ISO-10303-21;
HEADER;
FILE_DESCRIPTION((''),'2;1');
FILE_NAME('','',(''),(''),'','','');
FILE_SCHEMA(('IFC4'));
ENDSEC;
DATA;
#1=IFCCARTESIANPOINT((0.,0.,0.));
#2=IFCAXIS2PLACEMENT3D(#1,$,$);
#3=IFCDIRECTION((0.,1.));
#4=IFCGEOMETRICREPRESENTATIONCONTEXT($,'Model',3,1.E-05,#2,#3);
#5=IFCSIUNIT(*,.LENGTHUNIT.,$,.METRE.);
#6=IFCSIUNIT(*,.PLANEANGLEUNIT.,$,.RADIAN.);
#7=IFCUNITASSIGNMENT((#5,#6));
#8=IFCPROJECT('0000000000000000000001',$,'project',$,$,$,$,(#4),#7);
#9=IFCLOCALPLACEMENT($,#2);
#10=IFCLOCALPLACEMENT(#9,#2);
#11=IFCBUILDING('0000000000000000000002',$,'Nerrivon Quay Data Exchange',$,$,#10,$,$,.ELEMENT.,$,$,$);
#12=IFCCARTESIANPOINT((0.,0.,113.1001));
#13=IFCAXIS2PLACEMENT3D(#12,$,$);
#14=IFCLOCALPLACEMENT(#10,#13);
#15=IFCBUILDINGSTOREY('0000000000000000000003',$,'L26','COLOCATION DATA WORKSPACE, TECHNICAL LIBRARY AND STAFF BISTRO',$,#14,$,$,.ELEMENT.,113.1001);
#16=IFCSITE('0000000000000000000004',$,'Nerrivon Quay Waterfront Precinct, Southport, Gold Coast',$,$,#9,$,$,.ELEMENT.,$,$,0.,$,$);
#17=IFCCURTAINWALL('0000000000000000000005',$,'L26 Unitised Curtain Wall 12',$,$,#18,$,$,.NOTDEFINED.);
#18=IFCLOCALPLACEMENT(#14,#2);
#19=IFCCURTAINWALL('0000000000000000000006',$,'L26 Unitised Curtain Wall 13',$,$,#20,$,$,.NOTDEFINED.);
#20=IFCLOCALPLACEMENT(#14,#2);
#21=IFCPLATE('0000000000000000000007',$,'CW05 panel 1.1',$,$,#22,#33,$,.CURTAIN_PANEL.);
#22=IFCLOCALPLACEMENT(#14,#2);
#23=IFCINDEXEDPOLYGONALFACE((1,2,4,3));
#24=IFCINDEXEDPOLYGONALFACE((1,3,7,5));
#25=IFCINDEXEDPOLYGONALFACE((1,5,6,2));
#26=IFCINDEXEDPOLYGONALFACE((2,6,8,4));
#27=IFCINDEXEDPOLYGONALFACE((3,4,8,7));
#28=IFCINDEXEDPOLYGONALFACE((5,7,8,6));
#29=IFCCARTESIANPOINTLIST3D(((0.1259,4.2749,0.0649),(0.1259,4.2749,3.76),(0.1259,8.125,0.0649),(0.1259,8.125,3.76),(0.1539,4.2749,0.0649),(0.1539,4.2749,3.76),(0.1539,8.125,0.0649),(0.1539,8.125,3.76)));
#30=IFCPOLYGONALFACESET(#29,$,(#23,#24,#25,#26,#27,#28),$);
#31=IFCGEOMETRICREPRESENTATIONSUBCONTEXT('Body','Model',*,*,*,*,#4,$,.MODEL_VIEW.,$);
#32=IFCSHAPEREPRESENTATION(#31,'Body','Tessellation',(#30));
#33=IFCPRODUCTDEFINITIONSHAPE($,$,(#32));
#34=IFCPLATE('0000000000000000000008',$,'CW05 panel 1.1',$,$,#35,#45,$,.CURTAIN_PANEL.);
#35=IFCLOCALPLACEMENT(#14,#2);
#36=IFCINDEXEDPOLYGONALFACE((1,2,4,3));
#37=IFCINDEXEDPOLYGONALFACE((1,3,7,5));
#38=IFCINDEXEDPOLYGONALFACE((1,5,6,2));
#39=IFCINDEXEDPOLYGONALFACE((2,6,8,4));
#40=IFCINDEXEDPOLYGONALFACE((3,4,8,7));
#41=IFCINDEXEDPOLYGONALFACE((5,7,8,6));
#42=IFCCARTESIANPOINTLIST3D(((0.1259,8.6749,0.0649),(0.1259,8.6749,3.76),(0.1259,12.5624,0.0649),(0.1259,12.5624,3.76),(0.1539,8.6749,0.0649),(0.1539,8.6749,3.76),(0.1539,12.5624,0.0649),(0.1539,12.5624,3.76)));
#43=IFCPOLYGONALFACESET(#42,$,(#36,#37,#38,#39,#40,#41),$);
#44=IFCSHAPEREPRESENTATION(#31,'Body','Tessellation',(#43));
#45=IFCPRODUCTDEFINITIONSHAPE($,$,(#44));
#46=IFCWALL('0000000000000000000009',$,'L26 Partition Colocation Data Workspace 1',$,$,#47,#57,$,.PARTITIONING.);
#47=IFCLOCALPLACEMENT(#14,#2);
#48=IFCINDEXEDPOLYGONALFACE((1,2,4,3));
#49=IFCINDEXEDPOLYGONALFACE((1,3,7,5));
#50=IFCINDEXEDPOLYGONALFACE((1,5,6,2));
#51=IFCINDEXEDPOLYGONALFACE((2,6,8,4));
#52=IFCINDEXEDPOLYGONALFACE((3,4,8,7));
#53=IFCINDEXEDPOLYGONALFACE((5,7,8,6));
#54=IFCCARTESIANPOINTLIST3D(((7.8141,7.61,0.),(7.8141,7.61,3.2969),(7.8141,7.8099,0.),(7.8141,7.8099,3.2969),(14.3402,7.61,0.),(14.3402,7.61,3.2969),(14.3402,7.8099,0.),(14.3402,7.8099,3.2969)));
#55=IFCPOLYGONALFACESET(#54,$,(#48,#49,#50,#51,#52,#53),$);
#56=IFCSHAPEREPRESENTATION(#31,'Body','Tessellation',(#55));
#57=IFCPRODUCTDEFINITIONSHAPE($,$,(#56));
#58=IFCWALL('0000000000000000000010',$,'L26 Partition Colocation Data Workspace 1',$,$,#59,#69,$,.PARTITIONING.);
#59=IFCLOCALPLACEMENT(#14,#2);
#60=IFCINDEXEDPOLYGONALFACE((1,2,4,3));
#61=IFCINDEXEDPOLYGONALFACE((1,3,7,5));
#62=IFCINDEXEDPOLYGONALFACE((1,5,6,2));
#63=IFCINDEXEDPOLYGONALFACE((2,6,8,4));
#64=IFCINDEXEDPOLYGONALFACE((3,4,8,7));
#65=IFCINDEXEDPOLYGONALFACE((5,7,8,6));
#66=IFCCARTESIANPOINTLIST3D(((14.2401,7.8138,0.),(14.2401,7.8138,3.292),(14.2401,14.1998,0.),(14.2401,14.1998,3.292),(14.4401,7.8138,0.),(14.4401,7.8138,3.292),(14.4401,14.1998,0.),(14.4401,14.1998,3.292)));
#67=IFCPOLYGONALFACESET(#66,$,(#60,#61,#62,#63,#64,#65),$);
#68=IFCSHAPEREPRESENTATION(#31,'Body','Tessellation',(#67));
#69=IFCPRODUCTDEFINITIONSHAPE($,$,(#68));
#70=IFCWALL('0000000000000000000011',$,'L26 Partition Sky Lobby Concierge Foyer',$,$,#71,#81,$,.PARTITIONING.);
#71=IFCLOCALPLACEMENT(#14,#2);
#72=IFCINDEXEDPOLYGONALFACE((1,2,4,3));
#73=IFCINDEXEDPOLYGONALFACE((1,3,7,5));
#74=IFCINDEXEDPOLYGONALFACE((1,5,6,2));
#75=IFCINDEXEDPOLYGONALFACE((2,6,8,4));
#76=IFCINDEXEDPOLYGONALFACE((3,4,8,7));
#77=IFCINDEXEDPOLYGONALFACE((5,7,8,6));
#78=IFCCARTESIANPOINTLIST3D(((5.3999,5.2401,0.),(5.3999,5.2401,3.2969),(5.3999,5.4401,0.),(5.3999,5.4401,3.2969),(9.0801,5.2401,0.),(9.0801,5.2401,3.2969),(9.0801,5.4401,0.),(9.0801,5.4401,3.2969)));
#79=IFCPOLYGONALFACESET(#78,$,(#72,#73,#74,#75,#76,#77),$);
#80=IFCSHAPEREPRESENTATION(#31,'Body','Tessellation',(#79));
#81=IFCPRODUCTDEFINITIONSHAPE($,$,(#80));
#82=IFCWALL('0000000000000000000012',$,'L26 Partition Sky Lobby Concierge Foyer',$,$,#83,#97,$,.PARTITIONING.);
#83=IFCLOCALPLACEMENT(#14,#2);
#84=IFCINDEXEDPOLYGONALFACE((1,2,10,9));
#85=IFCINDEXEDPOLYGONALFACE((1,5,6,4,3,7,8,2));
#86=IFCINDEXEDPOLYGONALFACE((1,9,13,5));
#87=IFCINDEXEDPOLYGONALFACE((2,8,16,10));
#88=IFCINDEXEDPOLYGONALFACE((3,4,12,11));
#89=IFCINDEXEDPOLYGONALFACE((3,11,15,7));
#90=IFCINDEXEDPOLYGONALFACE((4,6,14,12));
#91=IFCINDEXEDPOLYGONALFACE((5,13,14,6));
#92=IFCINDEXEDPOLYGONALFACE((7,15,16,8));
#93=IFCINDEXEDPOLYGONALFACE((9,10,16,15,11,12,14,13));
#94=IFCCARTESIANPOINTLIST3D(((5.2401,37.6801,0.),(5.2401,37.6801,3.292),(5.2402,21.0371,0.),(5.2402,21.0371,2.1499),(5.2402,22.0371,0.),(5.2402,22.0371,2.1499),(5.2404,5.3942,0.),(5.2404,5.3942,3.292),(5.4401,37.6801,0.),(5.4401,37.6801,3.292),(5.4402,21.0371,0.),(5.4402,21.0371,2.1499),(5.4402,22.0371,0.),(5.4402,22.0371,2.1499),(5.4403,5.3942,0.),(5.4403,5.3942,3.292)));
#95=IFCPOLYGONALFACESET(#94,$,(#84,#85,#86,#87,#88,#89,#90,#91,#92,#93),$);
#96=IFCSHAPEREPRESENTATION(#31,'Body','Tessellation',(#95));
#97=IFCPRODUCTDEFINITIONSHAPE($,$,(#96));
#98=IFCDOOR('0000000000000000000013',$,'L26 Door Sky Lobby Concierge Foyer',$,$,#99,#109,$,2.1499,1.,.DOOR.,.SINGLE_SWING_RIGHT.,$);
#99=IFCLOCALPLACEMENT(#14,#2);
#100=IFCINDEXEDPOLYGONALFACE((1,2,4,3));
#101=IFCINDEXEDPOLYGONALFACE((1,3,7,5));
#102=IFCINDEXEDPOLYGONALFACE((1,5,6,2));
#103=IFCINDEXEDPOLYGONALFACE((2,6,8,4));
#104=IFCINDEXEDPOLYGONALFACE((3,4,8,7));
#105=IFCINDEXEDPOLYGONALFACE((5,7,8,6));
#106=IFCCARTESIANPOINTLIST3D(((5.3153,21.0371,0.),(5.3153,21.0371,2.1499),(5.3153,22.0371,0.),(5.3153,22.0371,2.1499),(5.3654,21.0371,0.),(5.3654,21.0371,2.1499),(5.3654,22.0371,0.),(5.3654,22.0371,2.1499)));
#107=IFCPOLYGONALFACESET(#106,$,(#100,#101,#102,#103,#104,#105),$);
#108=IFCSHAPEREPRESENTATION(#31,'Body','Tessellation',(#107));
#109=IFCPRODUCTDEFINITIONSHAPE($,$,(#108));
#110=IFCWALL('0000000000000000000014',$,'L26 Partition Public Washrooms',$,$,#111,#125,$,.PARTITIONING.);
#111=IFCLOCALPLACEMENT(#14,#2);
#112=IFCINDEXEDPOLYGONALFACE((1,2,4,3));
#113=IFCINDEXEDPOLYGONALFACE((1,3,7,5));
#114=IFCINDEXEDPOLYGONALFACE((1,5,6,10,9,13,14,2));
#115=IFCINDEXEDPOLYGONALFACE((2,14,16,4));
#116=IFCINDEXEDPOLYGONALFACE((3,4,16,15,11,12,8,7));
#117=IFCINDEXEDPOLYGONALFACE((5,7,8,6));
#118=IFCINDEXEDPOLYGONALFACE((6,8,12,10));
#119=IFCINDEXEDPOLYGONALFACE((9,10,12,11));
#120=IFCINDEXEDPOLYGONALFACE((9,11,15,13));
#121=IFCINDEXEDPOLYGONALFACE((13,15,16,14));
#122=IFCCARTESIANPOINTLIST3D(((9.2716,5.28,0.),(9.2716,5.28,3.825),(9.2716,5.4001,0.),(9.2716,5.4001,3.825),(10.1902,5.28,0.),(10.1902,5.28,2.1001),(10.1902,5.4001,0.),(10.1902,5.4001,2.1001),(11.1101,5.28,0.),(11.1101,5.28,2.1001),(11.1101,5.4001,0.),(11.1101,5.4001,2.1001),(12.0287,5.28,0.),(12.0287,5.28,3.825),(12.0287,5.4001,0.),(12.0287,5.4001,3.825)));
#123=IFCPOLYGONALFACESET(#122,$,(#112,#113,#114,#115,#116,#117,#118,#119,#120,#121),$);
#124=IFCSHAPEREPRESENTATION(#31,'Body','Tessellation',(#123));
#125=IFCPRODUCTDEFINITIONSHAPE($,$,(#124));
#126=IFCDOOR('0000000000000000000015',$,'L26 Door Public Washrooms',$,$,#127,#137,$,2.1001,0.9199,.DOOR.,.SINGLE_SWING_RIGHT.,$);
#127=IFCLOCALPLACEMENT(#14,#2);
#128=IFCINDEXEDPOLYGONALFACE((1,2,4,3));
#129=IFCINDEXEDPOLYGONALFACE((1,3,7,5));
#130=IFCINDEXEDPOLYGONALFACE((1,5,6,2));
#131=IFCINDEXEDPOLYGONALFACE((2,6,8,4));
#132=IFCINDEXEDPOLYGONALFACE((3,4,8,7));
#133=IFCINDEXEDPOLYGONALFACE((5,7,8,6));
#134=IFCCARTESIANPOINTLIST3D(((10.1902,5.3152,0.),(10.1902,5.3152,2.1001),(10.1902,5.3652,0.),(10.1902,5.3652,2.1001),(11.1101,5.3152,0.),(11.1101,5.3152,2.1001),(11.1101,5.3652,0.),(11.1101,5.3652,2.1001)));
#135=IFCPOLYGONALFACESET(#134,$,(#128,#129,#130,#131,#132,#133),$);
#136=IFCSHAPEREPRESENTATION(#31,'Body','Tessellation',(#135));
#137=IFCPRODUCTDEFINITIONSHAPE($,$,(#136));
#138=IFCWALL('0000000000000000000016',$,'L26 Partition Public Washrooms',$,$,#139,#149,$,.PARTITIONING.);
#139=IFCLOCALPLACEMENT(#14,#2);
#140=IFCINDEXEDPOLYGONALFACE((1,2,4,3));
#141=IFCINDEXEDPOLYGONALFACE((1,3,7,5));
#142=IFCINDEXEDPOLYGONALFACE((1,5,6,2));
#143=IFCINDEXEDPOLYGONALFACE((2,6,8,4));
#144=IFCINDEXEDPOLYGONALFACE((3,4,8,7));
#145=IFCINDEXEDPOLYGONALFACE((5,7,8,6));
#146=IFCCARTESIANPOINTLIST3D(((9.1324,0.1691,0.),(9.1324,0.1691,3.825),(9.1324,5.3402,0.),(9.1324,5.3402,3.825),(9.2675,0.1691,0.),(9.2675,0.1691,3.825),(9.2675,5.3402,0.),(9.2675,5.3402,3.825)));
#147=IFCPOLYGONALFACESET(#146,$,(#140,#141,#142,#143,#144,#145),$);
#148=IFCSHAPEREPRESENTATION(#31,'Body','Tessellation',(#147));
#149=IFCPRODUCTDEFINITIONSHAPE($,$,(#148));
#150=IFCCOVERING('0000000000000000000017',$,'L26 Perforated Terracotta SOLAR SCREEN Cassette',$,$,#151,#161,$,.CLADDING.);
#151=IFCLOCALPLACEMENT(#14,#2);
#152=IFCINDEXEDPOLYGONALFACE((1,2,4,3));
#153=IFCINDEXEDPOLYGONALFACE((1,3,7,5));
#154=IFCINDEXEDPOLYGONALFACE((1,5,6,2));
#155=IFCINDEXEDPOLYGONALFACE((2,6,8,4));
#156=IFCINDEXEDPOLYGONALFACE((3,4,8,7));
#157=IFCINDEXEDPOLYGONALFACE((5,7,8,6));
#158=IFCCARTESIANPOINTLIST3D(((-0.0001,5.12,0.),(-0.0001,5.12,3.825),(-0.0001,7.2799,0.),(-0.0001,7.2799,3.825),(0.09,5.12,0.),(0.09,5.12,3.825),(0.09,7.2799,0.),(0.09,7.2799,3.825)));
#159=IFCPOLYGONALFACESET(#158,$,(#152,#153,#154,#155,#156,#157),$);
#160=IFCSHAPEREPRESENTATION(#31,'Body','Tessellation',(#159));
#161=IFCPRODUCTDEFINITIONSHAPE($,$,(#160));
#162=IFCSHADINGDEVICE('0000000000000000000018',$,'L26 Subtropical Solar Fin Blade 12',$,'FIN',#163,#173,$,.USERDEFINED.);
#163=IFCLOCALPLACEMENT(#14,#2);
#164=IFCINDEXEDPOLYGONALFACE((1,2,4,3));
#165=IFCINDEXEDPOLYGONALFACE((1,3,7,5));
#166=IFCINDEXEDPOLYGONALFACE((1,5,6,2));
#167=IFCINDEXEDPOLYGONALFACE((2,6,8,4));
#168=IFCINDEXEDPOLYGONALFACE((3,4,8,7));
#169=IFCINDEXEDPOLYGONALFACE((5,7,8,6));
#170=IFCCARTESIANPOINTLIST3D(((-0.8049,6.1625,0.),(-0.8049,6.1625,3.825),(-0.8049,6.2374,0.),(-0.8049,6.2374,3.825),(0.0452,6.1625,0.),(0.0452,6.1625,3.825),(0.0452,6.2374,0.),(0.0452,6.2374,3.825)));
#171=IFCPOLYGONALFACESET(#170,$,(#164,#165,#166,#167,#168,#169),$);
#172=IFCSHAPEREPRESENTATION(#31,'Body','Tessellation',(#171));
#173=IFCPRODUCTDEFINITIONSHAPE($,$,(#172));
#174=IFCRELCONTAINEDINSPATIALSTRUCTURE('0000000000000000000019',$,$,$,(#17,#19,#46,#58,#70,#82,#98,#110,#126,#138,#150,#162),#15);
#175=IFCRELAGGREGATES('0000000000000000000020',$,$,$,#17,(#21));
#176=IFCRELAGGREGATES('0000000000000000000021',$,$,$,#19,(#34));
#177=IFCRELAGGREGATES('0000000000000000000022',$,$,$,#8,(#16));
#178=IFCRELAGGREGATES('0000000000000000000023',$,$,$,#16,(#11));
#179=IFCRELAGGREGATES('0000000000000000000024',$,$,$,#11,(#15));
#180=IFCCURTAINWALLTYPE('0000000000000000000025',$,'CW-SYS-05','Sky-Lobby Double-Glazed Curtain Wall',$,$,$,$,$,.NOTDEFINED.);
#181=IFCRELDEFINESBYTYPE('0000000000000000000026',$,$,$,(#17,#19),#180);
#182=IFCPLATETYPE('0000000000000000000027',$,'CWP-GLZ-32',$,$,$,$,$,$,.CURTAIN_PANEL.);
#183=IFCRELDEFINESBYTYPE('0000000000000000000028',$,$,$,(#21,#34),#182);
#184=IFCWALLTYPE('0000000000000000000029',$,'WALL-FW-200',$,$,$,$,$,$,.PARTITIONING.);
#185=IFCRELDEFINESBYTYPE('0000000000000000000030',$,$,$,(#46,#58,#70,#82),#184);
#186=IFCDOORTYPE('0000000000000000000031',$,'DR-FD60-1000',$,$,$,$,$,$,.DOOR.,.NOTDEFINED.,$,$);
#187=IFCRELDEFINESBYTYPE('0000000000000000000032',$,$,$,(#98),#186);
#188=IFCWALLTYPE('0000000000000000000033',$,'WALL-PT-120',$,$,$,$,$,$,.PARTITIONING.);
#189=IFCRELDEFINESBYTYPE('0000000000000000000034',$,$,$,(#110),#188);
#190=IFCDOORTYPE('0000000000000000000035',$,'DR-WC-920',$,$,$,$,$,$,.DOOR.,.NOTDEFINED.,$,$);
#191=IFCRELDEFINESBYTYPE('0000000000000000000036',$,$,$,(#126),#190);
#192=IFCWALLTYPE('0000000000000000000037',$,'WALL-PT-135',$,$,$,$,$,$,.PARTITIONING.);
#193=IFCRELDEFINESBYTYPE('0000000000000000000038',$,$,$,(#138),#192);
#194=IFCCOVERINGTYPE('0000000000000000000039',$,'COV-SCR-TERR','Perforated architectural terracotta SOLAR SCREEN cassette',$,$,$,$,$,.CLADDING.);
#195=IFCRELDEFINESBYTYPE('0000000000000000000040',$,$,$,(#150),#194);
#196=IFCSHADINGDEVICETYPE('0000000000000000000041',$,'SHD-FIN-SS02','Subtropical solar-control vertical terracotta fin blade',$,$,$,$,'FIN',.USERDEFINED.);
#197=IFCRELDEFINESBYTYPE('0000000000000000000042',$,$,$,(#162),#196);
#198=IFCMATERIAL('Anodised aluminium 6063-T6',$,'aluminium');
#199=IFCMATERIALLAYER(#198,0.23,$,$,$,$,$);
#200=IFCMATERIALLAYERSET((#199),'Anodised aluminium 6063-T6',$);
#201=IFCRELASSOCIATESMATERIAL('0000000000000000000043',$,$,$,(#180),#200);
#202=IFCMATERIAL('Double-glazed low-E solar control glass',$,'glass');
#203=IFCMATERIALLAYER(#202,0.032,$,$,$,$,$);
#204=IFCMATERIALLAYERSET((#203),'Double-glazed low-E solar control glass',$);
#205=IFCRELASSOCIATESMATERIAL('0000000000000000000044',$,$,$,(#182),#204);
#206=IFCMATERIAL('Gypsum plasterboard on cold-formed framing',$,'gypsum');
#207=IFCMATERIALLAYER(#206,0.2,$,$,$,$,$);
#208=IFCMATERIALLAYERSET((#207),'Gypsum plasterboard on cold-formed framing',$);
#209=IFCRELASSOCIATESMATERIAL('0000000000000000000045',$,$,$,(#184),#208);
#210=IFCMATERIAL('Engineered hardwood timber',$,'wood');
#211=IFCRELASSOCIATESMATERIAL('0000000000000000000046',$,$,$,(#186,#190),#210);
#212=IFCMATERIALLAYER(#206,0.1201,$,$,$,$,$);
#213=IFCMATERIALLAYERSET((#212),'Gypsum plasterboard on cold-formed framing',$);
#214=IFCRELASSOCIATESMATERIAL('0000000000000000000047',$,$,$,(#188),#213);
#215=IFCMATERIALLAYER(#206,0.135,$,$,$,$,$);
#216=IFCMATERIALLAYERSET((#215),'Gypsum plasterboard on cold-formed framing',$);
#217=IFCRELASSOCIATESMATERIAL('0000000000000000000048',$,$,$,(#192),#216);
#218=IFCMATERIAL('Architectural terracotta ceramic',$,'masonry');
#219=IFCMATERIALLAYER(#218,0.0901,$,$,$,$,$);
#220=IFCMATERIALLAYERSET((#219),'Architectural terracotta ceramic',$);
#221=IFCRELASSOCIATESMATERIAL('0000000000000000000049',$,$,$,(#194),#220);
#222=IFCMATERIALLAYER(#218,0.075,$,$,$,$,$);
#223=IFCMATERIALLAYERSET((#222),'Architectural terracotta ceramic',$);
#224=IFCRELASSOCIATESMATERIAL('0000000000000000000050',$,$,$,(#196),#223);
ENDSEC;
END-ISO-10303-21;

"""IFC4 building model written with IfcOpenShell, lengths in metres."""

from ifc_helpers import new_model, si_unit, direction, frame, frame_2d, origin, origin_2d, place, context, subcontext, project, spatial, rectangle, extrude, material, layer, layer_set, type_object, element, fill, aggregate, save


model = new_model("IFC4")

# Units and contexts
model_context = context("Model", 3, precision=1e-05, world=origin(), true_north=direction((0.0, 1.0)))
body_context = subcontext(model_context, "Body", "Model", "MODEL_VIEW")
ifc_project = project(units=[si_unit("LENGTHUNIT", "METRE"), si_unit("PLANEANGLEUNIT", "RADIAN")], contexts=[model_context])

# Site, building, storey
site_placement = place(None, origin())
site = spatial("IfcSite", under=ifc_project, at=site_placement, Name="Nerrivon Quay Waterfront Precinct, Southport, Gold Coast", CompositionType="ELEMENT", RefElevation=0.0)
building_placement = place(site_placement, origin())
building = spatial("IfcBuilding", under=site, at=building_placement, Name="Nerrivon Quay Data Exchange", CompositionType="ELEMENT")
storey_placement = place(building_placement, frame((0.0, 0.0, 113.1001)))
storey = spatial("IfcBuildingStorey", under=building, at=storey_placement, Name="L26", Description="COLOCATION DATA WORKSPACE, TECHNICAL LIBRARY AND STAFF BISTRO", CompositionType="ELEMENT", Elevation=113.1001)

# Shared definitions
ifc_material_1 = material(Name="Anodised aluminium 6063-T6", Category="aluminium")
ifc_layer_1 = layer(ifc_material_1, 0.23)
ifc_layer_set_1 = layer_set([ifc_layer_1], Name="Anodised aluminium 6063-T6")
curtain_wall_type = type_object("IfcCurtainWallType", Name="CW-SYS-05", Description="Sky-Lobby Double-Glazed Curtain Wall", PredefinedType="NOTDEFINED", material=ifc_layer_set_1)

# Curtain walls
curtain_wall_1_placement = place(storey_placement, origin())
curtain_wall_1 = element("IfcCurtainWall", 1, at=curtain_wall_1_placement, inside=storey, type_object=curtain_wall_type, Name="L26 Unitised Curtain Wall 12", PredefinedType="NOTDEFINED")
curtain_wall_2_placement = place(storey_placement, origin())
curtain_wall_2 = element("IfcCurtainWall", 2, at=curtain_wall_2_placement, inside=storey, type_object=curtain_wall_type, Name="L26 Unitised Curtain Wall 13", PredefinedType="NOTDEFINED")

# Plates
ifc_material_2 = material(Name="Double-glazed low-E solar control glass", Category="glass")
ifc_layer_2 = layer(ifc_material_2, 0.032)
ifc_layer_set_2 = layer_set([ifc_layer_2], Name="Double-glazed low-E solar control glass")
plate_type = type_object("IfcPlateType", Name="CWP-GLZ-32", PredefinedType="CURTAIN_PANEL", material=ifc_layer_set_2)
plate_1_placement = place(storey_placement, frame((0.1399, 6.2, 0.0649), z_axis=(0.0, 0.0, 1.0), x_axis=(0.0, 1.0, 0.0)))
plate_1 = element("IfcPlate", 3, at=plate_1_placement, type_object=plate_type, Name="CW05 panel 1.1", PredefinedType="CURTAIN_PANEL", context=body_context, shape_type="SweptSolid", body=[
    extrude(rectangle(XDim=3.8501, YDim=0.0281, at=origin_2d()), origin(), (0.0, 0.0, 1.0), 3.6951),
])
aggregate(curtain_wall_1, [plate_1])
plate_2_placement = place(storey_placement, frame((0.1399, 10.6187, 0.0649), z_axis=(0.0, 0.0, 1.0), x_axis=(0.0, 1.0, 0.0)))
plate_2 = element("IfcPlate", 4, at=plate_2_placement, type_object=plate_type, Name="CW05 panel 1.1", PredefinedType="CURTAIN_PANEL", context=body_context, shape_type="SweptSolid", body=[
    extrude(rectangle(XDim=3.8875, YDim=0.0281, at=origin_2d()), origin(), (0.0, 0.0, 1.0), 3.6951),
])
aggregate(curtain_wall_2, [plate_2])

# Walls
ifc_material_3 = material(Name="Gypsum plasterboard on cold-formed framing", Category="gypsum")
ifc_layer_3 = layer(ifc_material_3, 0.2)
ifc_layer_set_3 = layer_set([ifc_layer_3], Name="Gypsum plasterboard on cold-formed framing")
wall_type_1 = type_object("IfcWallType", Name="WALL-FW-200", PredefinedType="PARTITIONING", material=ifc_layer_set_3)
wall_1_placement = place(storey_placement, frame((7.814, 7.71, 0.0), z_axis=(0.0, 0.0, 1.0), x_axis=(1.0, 0.0, 0.0)))
element("IfcWall", 5, at=wall_1_placement, inside=storey, type_object=wall_type_1, Name="L26 Partition Colocation Data Workspace 1", PredefinedType="PARTITIONING", context=body_context, shape_type="SweptSolid", body=[
    extrude(rectangle(XDim=6.5261, YDim=0.2, at=frame_2d((3.2632, 0.0))), origin(), (0.0, 0.0, 1.0), 3.2969),
])
wall_2_placement = place(storey_placement, frame((14.3401, 7.814, 0.0), z_axis=(0.0, 0.0, 1.0), x_axis=(0.0, 1.0, 0.0)))
element("IfcWall", 6, at=wall_2_placement, inside=storey, type_object=wall_type_1, Name="L26 Partition Colocation Data Workspace 1", PredefinedType="PARTITIONING", context=body_context, shape_type="SweptSolid", body=[
    extrude(rectangle(XDim=6.386, YDim=0.2, at=frame_2d((3.1929, 0.0))), origin(), (0.0, 0.0, 1.0), 3.292),
])
wall_3_placement = place(storey_placement, frame((9.0801, 5.3401, 0.0), z_axis=(0.0, 0.0, 1.0), x_axis=(-1.0, 0.0, 0.0)))
element("IfcWall", 7, at=wall_3_placement, inside=storey, type_object=wall_type_1, Name="L26 Partition Sky Lobby Concierge Foyer", PredefinedType="PARTITIONING", context=body_context, shape_type="SweptSolid", body=[
    extrude(rectangle(XDim=3.6802, YDim=0.2, at=frame_2d((1.8401, 0.0))), origin(), (0.0, 0.0, 1.0), 3.2969),
])

# Walls, openings, doors
wall_4_placement = place(storey_placement, frame((5.3403, 5.394, 0.0), z_axis=(0.0, 0.0, 1.0), x_axis=(-0.000008, 1.0, 0.0)))
wall_4 = element("IfcWall", 8, at=wall_4_placement, inside=storey, type_object=wall_type_1, Name="L26 Partition Sky Lobby Concierge Foyer", PredefinedType="PARTITIONING", context=body_context, shape_type="SweptSolid", body=[
    extrude(rectangle(XDim=32.2859, YDim=0.2, at=frame_2d((16.1431, 0.0))), origin(), (0.0, 0.0, 1.0), 3.292),
])
opening_1_placement = place(wall_4_placement, frame((15.6431, 0.0, 0.0)))
opening_1 = element("IfcOpeningElement", 9, at=opening_1_placement, cuts=wall_4, PredefinedType="OPENING", context=body_context, shape_type="SweptSolid", body=[
    extrude(rectangle(XDim=1.0, YDim=2.1499, at=frame_2d((0.5, 1.075))), frame((0.0, 0.1099, 0.0), z_axis=(0.0, -1.0, 0.0), x_axis=(1.0, 0.0, 0.0)), (0.0, 0.0, 1.0), 0.22),
])
ifc_material_4 = material(Name="Engineered hardwood timber", Category="wood")
door_type_1 = type_object("IfcDoorType", Name="DR-FD60-1000", OperationType="NOTDEFINED", PredefinedType="DOOR", material=ifc_material_4)
door_1_placement = place(opening_1_placement, origin())
door_1 = element("IfcDoor", 10, at=door_1_placement, inside=storey, type_object=door_type_1, Name="L26 Door Sky Lobby Concierge Foyer", OperationType="SINGLE_SWING_RIGHT", OverallHeight=2.1499, OverallWidth=1.0, PredefinedType="DOOR", context=body_context, shape_type="SweptSolid", body=[
    extrude(rectangle(XDim=1.0, YDim=2.1499, at=frame_2d((0.5, 1.075))), frame((0.0, 0.0249, 0.0), z_axis=(0.0, -1.0, 0.0), x_axis=(1.0, 0.0, 0.0)), (0.0, 0.0, 1.0), 0.05),
])
fill(opening_1, door_1)
ifc_layer_4 = layer(ifc_material_3, 0.1201)
ifc_layer_set_4 = layer_set([ifc_layer_4], Name="Gypsum plasterboard on cold-formed framing")
wall_type_2 = type_object("IfcWallType", Name="WALL-PT-120", PredefinedType="PARTITIONING", material=ifc_layer_set_4)
wall_5_placement = place(storey_placement, frame((12.0286, 5.3401, 0.0), z_axis=(0.0, 0.0, 1.0), x_axis=(-1.0, 0.0, 0.0)))
wall_5 = element("IfcWall", 11, at=wall_5_placement, inside=storey, type_object=wall_type_2, Name="L26 Partition Public Washrooms", PredefinedType="PARTITIONING", context=body_context, shape_type="SweptSolid", body=[
    extrude(rectangle(XDim=2.7571, YDim=0.1201, at=frame_2d((1.3784, 0.0))), origin(), (0.0, 0.0, 1.0), 3.825),
])
opening_2_placement = place(wall_5_placement, frame((0.9185, 0.0, 0.0)))
opening_2 = element("IfcOpeningElement", 12, at=opening_2_placement, cuts=wall_5, PredefinedType="OPENING", context=body_context, shape_type="SweptSolid", body=[
    extrude(rectangle(XDim=0.9199, YDim=2.1001, at=frame_2d((0.46, 1.05))), frame((0.0, 0.0701, 0.0), z_axis=(0.0, -1.0, 0.0), x_axis=(1.0, 0.0, 0.0)), (0.0, 0.0, 1.0), 0.1401),
])
door_type_2 = type_object("IfcDoorType", Name="DR-WC-920", OperationType="NOTDEFINED", PredefinedType="DOOR", material=ifc_material_4)
door_2_placement = place(opening_2_placement, origin())
door_2 = element("IfcDoor", 13, at=door_2_placement, inside=storey, type_object=door_type_2, Name="L26 Door Public Washrooms", OperationType="SINGLE_SWING_RIGHT", OverallHeight=2.1001, OverallWidth=0.9199, PredefinedType="DOOR", context=body_context, shape_type="SweptSolid", body=[
    extrude(rectangle(XDim=0.9199, YDim=2.1001, at=frame_2d((0.46, 1.05))), frame((0.0, 0.0249, 0.0), z_axis=(0.0, -1.0, 0.0), x_axis=(1.0, 0.0, 0.0)), (0.0, 0.0, 1.0), 0.05),
])
fill(opening_2, door_2)

# Wall
ifc_layer_5 = layer(ifc_material_3, 0.135)
ifc_layer_set_5 = layer_set([ifc_layer_5], Name="Gypsum plasterboard on cold-formed framing")
wall_type_3 = type_object("IfcWallType", Name="WALL-PT-135", PredefinedType="PARTITIONING", material=ifc_layer_set_5)
wall_6_placement = place(storey_placement, frame((9.2, 5.3401, 0.0), z_axis=(0.0, 0.0, 1.0), x_axis=(0.0, -1.0, 0.0)))
element("IfcWall", 14, at=wall_6_placement, inside=storey, type_object=wall_type_3, Name="L26 Partition Public Washrooms", PredefinedType="PARTITIONING", context=body_context, shape_type="SweptSolid", body=[
    extrude(rectangle(XDim=5.1711, YDim=0.135, at=frame_2d((2.5854, 0.0))), origin(), (0.0, 0.0, 1.0), 3.825),
])

# Covering
ifc_material_5 = material(Name="Architectural terracotta ceramic", Category="masonry")
ifc_layer_6 = layer(ifc_material_5, 0.0901)
ifc_layer_set_6 = layer_set([ifc_layer_6], Name="Architectural terracotta ceramic")
covering_type = type_object("IfcCoveringType", Name="COV-SCR-TERR", Description="Perforated architectural terracotta SOLAR SCREEN cassette", PredefinedType="CLADDING", material=ifc_layer_set_6)
covering_placement = place(storey_placement, frame((0.0449, 6.2, 0.0), z_axis=(0.0, 0.0, 1.0), x_axis=(0.0, 1.0, 0.0)))
element("IfcCovering", 15, at=covering_placement, inside=storey, type_object=covering_type, Name="L26 Perforated Terracotta SOLAR SCREEN Cassette", PredefinedType="CLADDING", context=body_context, shape_type="SweptSolid", body=[
    extrude(rectangle(XDim=2.1599, YDim=0.0901, at=origin_2d()), origin(), (0.0, 0.0, 1.0), 3.825),
])

# Shading device
ifc_layer_7 = layer(ifc_material_5, 0.075)
ifc_layer_set_7 = layer_set([ifc_layer_7], Name="Architectural terracotta ceramic")
shading_device_type_1 = type_object("IfcShadingDeviceType", Name="SHD-FIN-SS02", Description="Subtropical solar-control vertical terracotta fin blade", ElementType="FIN", PredefinedType="USERDEFINED", material=ifc_layer_set_7)
shading_device_1_placement = place(storey_placement, frame((-0.3799, 6.2, 0.0), z_axis=(0.0, 0.0, 1.0), x_axis=(0.0, 1.0, 0.0)))
element("IfcShadingDevice", 16, at=shading_device_1_placement, inside=storey, type_object=shading_device_type_1, Name="L26 Subtropical Solar Fin Blade 12", ObjectType="FIN", PredefinedType="USERDEFINED", context=body_context, shape_type="SweptSolid", body=[
    extrude(rectangle(XDim=0.075, YDim=0.8501, at=origin_2d()), origin(), (0.0, 0.0, 1.0), 3.825),
])

save(model, "model.ifc")
